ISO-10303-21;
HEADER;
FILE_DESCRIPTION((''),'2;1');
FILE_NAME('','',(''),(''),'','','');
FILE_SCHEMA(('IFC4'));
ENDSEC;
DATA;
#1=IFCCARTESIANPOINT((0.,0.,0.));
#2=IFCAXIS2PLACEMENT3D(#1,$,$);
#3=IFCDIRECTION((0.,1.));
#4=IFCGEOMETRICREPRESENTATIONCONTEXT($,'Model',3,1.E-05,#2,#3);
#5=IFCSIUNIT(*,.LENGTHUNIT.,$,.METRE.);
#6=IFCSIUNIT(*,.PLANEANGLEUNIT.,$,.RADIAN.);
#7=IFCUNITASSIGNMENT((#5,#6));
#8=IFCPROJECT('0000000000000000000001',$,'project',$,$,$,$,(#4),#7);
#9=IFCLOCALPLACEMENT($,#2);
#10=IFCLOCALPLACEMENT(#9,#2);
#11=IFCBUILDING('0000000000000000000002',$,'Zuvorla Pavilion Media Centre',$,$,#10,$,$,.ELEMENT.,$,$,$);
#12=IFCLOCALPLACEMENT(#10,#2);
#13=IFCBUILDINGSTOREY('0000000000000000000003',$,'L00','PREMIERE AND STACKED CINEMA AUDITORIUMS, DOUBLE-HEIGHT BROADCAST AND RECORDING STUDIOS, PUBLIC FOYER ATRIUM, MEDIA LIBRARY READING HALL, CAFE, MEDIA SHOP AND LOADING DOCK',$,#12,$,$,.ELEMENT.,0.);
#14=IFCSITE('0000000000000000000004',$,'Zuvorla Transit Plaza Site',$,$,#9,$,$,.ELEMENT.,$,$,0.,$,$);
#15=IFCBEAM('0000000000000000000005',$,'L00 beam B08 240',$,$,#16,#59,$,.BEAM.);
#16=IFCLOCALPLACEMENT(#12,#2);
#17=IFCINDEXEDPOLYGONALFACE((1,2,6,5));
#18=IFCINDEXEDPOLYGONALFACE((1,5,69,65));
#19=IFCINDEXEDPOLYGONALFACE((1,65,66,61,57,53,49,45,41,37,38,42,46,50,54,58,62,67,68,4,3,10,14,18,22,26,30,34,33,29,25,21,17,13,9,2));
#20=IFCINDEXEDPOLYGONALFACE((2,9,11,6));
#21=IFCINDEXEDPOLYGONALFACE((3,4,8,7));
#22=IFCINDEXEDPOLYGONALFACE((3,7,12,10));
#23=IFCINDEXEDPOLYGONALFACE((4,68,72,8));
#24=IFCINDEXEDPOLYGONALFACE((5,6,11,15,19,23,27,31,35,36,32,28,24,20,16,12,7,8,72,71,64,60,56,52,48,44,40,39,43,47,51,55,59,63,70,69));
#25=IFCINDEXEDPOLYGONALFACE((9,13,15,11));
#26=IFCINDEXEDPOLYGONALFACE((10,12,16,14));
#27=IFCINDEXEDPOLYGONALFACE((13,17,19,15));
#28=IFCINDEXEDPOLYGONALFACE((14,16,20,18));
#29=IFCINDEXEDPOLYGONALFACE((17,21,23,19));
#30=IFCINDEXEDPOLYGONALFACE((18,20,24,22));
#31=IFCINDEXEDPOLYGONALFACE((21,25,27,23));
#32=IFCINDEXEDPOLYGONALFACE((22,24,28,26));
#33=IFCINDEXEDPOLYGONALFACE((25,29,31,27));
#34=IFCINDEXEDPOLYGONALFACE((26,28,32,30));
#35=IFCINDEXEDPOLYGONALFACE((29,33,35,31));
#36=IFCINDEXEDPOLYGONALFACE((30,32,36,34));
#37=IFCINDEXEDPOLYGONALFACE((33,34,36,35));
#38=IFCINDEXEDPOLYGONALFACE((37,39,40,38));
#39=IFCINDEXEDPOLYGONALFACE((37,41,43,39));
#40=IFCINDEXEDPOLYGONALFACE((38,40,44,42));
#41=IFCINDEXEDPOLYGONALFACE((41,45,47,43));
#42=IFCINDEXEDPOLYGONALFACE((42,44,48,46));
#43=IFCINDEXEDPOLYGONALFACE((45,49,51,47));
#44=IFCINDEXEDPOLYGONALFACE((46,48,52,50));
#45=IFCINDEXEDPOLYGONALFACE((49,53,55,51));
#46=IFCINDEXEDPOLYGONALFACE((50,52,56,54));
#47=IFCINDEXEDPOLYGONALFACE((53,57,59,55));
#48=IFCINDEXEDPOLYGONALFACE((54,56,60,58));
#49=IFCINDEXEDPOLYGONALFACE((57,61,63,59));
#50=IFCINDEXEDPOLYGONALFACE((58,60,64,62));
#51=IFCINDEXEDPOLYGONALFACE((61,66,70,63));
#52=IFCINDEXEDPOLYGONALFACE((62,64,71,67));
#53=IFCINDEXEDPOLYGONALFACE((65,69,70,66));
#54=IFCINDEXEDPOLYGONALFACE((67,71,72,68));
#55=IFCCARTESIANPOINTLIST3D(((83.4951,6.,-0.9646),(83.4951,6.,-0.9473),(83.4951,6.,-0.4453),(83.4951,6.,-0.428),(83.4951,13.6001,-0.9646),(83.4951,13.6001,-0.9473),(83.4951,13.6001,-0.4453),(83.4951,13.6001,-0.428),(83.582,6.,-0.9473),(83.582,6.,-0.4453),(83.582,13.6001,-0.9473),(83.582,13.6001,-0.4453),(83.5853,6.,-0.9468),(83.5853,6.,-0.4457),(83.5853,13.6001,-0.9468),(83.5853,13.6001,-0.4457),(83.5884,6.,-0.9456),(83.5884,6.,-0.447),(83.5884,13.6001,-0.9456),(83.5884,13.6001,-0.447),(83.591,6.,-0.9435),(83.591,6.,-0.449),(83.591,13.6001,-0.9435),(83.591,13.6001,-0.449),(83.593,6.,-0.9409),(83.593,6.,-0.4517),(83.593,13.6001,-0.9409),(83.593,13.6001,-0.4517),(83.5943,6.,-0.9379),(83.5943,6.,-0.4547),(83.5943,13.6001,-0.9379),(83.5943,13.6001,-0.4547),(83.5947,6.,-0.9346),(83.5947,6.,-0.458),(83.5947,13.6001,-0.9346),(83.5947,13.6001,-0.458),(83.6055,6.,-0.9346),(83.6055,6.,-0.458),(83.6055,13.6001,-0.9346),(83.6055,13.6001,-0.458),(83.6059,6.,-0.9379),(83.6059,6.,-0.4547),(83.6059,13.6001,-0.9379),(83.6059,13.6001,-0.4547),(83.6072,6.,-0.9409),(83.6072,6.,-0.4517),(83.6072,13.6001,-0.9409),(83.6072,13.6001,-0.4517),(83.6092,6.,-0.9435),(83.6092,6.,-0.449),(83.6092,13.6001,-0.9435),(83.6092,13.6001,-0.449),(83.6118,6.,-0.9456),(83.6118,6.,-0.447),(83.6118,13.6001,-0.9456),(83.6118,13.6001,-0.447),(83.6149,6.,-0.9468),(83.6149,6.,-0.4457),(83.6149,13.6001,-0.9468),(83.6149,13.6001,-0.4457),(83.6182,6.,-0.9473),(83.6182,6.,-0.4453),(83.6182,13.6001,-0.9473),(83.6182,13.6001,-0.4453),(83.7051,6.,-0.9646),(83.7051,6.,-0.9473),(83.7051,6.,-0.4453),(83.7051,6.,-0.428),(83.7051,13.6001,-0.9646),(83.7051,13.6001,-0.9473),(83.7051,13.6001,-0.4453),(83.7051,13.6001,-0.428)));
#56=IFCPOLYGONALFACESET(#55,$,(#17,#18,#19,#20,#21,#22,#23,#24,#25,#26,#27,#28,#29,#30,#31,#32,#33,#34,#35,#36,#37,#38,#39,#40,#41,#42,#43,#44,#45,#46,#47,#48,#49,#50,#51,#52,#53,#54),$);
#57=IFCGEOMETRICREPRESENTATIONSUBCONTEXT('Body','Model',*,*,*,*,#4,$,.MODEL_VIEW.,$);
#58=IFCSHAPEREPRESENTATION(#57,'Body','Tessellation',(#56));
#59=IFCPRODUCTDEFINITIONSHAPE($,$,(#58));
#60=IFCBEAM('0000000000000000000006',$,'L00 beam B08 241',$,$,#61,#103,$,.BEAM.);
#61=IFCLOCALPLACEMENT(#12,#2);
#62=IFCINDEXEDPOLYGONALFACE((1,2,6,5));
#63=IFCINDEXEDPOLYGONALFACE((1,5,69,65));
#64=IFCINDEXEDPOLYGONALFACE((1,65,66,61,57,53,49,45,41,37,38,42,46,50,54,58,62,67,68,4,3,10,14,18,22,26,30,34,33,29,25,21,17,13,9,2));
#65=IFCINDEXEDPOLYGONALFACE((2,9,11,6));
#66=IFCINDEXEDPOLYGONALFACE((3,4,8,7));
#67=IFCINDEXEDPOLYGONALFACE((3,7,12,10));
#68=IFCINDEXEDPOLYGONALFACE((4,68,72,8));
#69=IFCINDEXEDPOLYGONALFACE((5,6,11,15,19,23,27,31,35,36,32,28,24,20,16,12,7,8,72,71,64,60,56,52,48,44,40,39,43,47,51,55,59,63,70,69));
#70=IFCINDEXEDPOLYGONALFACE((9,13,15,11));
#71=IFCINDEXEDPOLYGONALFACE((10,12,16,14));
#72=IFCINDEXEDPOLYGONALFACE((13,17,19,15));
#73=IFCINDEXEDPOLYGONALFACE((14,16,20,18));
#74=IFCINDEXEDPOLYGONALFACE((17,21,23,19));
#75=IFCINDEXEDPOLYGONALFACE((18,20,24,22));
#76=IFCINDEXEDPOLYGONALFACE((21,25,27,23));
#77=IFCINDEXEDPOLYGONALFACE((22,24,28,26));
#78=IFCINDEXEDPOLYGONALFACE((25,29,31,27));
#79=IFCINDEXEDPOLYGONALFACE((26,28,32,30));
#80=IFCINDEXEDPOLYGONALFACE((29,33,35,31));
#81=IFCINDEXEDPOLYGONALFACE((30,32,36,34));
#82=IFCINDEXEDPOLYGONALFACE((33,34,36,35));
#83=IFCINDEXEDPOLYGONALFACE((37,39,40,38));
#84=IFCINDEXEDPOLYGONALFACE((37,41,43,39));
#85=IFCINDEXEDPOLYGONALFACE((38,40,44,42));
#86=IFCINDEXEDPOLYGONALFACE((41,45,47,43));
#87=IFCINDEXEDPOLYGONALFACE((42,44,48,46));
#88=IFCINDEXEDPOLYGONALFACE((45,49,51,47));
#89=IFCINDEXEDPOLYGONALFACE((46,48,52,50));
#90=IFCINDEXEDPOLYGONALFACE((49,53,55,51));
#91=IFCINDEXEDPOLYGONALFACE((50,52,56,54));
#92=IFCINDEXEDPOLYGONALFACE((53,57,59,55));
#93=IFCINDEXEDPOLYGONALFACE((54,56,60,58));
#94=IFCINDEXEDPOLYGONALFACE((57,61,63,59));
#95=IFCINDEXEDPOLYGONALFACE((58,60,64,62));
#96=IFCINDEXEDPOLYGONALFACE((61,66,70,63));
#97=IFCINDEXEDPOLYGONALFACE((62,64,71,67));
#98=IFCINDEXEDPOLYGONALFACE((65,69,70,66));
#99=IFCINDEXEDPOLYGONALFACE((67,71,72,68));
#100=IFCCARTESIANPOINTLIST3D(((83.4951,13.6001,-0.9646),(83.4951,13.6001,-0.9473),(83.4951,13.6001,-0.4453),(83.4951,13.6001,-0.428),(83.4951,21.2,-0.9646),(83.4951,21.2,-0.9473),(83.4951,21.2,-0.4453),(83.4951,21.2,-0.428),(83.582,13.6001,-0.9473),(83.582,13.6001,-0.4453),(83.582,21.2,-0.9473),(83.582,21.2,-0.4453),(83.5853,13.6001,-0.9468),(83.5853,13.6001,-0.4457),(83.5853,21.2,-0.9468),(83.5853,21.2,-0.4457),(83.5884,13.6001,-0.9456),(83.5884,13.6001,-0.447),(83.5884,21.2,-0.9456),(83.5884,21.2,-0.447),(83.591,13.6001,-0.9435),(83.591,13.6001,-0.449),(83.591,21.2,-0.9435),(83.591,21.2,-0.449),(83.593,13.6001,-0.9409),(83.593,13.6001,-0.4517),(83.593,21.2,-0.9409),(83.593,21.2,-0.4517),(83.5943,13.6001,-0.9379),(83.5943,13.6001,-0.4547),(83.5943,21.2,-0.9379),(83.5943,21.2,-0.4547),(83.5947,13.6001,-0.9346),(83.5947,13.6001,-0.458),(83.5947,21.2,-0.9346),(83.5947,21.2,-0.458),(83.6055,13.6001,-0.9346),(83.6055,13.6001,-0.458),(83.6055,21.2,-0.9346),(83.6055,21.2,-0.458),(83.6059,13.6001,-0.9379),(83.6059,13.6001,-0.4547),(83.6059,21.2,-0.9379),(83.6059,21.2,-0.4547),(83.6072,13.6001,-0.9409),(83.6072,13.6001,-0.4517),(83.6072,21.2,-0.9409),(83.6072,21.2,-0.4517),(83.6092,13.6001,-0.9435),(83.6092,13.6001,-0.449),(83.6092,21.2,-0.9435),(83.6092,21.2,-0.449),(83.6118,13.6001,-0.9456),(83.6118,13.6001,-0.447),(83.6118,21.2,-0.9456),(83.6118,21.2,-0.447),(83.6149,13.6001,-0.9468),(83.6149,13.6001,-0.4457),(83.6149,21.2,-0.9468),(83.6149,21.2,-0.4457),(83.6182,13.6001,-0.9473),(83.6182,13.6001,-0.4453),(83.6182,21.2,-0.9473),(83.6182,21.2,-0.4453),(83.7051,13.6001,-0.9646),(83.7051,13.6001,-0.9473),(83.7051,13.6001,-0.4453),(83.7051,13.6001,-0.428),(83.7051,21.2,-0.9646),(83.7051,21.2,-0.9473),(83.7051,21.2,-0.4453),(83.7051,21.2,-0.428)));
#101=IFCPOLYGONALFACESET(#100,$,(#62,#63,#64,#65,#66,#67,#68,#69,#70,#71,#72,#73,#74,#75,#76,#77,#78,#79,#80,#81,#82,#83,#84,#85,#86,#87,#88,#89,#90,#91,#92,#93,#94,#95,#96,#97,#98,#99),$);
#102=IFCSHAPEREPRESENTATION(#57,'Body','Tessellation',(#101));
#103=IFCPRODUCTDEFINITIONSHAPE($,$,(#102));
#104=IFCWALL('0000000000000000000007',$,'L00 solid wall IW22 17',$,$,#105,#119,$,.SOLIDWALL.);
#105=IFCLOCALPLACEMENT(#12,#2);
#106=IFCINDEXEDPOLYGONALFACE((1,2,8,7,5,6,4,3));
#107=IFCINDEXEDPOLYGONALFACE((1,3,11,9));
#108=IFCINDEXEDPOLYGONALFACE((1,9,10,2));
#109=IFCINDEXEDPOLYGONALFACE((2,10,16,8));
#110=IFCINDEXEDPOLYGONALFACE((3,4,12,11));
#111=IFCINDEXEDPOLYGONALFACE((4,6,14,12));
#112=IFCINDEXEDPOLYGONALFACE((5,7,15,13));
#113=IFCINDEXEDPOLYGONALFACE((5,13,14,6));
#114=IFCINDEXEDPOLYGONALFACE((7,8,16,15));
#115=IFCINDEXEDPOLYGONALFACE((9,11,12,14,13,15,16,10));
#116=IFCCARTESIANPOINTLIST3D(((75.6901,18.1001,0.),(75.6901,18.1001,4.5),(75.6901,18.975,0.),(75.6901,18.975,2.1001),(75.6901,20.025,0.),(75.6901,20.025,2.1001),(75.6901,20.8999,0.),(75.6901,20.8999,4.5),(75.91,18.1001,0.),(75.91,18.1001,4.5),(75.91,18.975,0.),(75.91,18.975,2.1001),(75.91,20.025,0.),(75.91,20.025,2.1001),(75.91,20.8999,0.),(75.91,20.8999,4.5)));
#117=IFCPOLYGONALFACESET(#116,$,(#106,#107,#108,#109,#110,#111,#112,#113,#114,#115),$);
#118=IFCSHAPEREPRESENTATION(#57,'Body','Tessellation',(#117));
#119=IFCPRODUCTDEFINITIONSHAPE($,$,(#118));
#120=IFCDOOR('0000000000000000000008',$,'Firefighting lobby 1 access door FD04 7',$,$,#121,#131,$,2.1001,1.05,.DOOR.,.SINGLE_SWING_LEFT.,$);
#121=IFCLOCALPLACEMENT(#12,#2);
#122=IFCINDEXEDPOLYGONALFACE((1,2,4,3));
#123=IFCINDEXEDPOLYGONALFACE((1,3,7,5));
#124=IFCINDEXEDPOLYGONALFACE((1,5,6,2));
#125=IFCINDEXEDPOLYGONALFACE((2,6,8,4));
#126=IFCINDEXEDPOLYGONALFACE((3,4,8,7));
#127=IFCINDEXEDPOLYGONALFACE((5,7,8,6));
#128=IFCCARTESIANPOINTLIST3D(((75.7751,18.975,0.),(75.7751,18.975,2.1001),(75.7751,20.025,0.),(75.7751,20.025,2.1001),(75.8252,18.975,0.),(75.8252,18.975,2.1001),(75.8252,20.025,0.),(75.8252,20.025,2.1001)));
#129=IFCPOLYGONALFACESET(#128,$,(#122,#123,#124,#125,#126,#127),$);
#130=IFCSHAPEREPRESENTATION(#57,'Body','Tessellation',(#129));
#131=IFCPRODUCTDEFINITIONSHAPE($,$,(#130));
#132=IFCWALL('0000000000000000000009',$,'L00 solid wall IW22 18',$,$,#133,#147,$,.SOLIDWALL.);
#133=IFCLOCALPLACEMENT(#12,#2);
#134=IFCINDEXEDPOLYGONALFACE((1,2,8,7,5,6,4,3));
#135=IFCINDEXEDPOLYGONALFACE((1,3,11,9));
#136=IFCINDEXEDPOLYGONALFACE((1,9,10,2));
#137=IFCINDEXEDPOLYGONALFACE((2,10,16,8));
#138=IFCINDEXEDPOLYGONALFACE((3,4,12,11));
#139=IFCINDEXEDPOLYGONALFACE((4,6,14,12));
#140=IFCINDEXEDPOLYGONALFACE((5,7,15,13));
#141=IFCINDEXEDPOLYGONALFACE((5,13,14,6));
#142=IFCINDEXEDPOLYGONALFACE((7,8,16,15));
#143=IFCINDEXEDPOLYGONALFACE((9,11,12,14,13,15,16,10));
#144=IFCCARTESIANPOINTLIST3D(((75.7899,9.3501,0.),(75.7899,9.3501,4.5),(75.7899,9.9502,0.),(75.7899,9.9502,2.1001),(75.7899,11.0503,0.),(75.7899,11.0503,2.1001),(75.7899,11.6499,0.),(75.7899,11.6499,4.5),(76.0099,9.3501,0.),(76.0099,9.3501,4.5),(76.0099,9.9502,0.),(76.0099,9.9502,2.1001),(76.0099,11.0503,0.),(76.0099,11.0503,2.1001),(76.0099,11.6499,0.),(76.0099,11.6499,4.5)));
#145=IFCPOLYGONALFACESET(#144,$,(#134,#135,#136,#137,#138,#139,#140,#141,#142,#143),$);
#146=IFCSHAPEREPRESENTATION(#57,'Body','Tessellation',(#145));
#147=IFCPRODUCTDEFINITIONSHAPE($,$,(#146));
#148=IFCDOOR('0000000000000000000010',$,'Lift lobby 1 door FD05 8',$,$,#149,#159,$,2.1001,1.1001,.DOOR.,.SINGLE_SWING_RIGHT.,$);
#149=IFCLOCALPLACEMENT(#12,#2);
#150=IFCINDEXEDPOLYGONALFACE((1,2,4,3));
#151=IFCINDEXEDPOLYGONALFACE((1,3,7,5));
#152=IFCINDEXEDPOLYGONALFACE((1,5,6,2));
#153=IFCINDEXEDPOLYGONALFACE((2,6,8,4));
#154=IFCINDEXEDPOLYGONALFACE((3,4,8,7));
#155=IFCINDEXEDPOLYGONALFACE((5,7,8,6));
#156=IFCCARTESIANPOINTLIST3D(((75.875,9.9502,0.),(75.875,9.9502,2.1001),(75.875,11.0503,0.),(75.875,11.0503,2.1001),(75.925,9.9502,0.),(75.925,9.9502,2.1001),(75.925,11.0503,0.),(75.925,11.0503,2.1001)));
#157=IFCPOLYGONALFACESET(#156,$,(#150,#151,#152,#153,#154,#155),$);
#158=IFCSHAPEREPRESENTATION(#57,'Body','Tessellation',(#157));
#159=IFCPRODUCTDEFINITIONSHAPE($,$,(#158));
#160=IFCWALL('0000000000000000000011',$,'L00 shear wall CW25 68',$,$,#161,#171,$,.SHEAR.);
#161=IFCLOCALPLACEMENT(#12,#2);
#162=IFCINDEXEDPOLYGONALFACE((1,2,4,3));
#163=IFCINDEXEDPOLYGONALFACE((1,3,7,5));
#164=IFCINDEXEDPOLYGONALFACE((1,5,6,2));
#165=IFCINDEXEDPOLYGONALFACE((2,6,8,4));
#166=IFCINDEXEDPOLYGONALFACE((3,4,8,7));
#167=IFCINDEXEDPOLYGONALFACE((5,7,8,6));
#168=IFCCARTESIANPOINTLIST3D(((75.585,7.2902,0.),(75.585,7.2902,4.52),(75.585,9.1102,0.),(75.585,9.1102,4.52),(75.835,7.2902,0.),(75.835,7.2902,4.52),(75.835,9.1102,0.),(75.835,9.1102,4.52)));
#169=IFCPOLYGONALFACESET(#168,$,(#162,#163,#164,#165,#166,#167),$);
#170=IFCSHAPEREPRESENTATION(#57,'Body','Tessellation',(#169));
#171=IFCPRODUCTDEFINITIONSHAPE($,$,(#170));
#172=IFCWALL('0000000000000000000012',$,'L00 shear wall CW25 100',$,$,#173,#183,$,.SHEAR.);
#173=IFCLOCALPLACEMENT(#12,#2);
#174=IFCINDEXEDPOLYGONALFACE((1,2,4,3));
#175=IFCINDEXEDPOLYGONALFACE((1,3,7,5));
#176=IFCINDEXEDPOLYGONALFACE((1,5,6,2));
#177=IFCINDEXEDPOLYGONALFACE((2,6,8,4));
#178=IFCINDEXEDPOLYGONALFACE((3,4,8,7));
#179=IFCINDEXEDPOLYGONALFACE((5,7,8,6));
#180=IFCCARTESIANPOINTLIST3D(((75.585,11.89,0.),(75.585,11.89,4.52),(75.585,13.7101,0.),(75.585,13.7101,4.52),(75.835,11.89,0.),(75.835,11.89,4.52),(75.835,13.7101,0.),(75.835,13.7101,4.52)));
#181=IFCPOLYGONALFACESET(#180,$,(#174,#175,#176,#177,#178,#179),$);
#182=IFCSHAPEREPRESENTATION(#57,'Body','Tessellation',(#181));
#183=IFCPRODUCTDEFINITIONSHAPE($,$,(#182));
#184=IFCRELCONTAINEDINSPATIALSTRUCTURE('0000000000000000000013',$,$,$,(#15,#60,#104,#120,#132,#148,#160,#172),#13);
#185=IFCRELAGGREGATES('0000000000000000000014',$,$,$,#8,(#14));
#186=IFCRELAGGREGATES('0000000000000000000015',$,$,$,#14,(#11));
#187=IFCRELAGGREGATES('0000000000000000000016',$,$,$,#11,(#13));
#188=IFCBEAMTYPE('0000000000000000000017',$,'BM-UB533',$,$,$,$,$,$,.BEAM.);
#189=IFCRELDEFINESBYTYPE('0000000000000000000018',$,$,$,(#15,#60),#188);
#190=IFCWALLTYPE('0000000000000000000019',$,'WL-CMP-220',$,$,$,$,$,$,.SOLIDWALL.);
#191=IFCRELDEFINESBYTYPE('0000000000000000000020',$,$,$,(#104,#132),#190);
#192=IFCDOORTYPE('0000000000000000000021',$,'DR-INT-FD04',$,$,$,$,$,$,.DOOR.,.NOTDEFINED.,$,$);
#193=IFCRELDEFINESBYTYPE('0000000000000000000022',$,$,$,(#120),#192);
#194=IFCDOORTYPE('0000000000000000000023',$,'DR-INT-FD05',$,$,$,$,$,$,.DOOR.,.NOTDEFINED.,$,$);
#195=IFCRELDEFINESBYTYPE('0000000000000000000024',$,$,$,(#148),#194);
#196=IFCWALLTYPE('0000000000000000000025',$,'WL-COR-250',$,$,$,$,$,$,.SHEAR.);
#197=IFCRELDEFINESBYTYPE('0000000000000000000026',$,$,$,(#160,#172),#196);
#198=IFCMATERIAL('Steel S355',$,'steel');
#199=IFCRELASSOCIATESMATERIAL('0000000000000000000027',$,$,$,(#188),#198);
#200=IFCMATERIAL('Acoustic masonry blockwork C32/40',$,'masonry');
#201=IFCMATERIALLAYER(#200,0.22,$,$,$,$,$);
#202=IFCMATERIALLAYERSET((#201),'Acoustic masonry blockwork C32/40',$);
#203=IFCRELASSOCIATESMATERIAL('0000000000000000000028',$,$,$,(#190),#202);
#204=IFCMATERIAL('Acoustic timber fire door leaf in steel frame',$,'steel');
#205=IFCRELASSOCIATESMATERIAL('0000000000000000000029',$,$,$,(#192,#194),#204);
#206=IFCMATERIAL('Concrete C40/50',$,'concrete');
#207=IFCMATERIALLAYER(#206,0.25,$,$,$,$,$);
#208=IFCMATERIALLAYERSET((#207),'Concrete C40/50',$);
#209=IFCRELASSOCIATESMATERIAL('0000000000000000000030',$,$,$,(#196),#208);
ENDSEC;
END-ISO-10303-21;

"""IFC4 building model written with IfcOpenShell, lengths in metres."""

from ifc_helpers import new_model, si_unit, direction, frame, frame_2d, origin, origin_2d, place, context, subcontext, project, spatial, rectangle, i_section, extrude, material, layer, layer_set, material_profile, profile_set, type_object, element, fill, save


model = new_model("IFC4")

# Units and contexts
model_context = context("Model", 3, precision=1e-05, world=origin(), true_north=direction((0.0, 1.0)))
body_context = subcontext(model_context, "Body", "Model", "MODEL_VIEW")
ifc_project = project(units=[si_unit("LENGTHUNIT", "METRE"), si_unit("PLANEANGLEUNIT", "RADIAN")], contexts=[model_context])

# Site, building, storey
site_placement = place(None, origin())
site = spatial("IfcSite", under=ifc_project, at=site_placement, Name="Zuvorla Transit Plaza Site", CompositionType="ELEMENT", RefElevation=0.0)
building_placement = place(site_placement, origin())
building = spatial("IfcBuilding", under=site, at=building_placement, Name="Zuvorla Pavilion Media Centre", CompositionType="ELEMENT")
storey_placement = place(building_placement, origin())
storey = spatial("IfcBuildingStorey", under=building, at=storey_placement, Name="L00", Description="PREMIERE AND STACKED CINEMA AUDITORIUMS, DOUBLE-HEIGHT BROADCAST AND RECORDING STUDIOS, PUBLIC FOYER ATRIUM, MEDIA LIBRARY READING HALL, CAFE, MEDIA SHOP AND LOADING DOCK", CompositionType="ELEMENT", Elevation=0.0)

# Shared definitions
ifc_material_1 = material(Name="Concrete C40/50", Category="concrete")

# Beams
ifc_material_2 = material(Name="Steel S355", Category="steel")
ifc_material_profile_1 = material_profile(ifc_material_2, i_section(OverallWidth=0.21, OverallDepth=0.5366, WebThickness=0.0107, FlangeThickness=0.0173, FilletRadius=0.0127, at=origin_2d()), Name="UB 533x210x101")
ifc_profile_set_1 = profile_set([ifc_material_profile_1], Name="Steel S355")
beam_type_1 = type_object("IfcBeamType", Name="BM-UB533", PredefinedType="BEAM", material=ifc_profile_set_1)
beam_1_placement = place(storey_placement, frame((83.6001, 6.0, -0.6963), z_axis=(0.0, 1.0, 0.0), x_axis=(-1.0, 0.0, 0.0)))
element("IfcBeam", 1, at=beam_1_placement, inside=storey, type_object=beam_type_1, Name="L00 beam B08 240", PredefinedType="BEAM", context=body_context, shape_type="SweptSolid", body=[
    extrude(i_section(OverallWidth=0.21, OverallDepth=0.5366, WebThickness=0.0107, FlangeThickness=0.0173, FilletRadius=0.0127, at=origin_2d()), origin(), (0.0, 0.0, 1.0), 7.6001),
])
beam_2_placement = place(storey_placement, frame((83.6001, 13.6001, -0.6963), z_axis=(0.0, 1.0, 0.0), x_axis=(-1.0, 0.0, 0.0)))
element("IfcBeam", 2, at=beam_2_placement, inside=storey, type_object=beam_type_1, Name="L00 beam B08 241", PredefinedType="BEAM", context=body_context, shape_type="SweptSolid", body=[
    extrude(i_section(OverallWidth=0.21, OverallDepth=0.5366, WebThickness=0.0107, FlangeThickness=0.0173, FilletRadius=0.0127, at=origin_2d()), origin(), (0.0, 0.0, 1.0), 7.5999),
])

# Walls, openings, doors
ifc_material_3 = material(Name="Acoustic masonry blockwork C32/40", Category="masonry")
ifc_layer_1 = layer(ifc_material_3, 0.22)
ifc_layer_set_1 = layer_set([ifc_layer_1], Name="Acoustic masonry blockwork C32/40")
wall_type_1 = type_object("IfcWallType", Name="WL-CMP-220", PredefinedType="SOLIDWALL", material=ifc_layer_set_1)
wall_1_placement = place(storey_placement, frame((75.8, 18.1001, 0.0), z_axis=(0.0, 0.0, 1.0), x_axis=(0.0, 1.0, 0.0)))
wall_1 = element("IfcWall", 3, at=wall_1_placement, inside=storey, type_object=wall_type_1, Name="L00 solid wall IW22 17", PredefinedType="SOLIDWALL", context=body_context, shape_type="SweptSolid", body=[
    extrude(rectangle(XDim=2.7998, YDim=0.22, at=frame_2d((1.3999, 0.0))), origin(), (0.0, 0.0, 1.0), 4.5),
])
opening_1_placement = place(wall_1_placement, frame((0.875, 0.0, 0.0)))
opening_1 = element("IfcOpeningElement", 4, at=opening_1_placement, cuts=wall_1, PredefinedType="OPENING", context=body_context, shape_type="SweptSolid", body=[
    extrude(rectangle(XDim=1.05, YDim=2.1001, at=frame_2d((0.5249, 1.05))), frame((0.0, 0.1199, 0.0), z_axis=(0.0, -1.0, 0.0), x_axis=(1.0, 0.0, 0.0)), (0.0, 0.0, 1.0), 0.24),
])
ifc_material_4 = material(Name="Acoustic timber fire door leaf in steel frame", Category="steel")
door_type_1 = type_object("IfcDoorType", Name="DR-INT-FD04", OperationType="NOTDEFINED", PredefinedType="DOOR", material=ifc_material_4)
door_1_placement = place(opening_1_placement, origin())
door_1 = element("IfcDoor", 5, at=door_1_placement, inside=storey, type_object=door_type_1, Name="Firefighting lobby 1 access door FD04 7", OperationType="SINGLE_SWING_LEFT", OverallHeight=2.1001, OverallWidth=1.05, PredefinedType="DOOR", context=body_context, shape_type="SweptSolid", body=[
    extrude(rectangle(XDim=1.05, YDim=2.1001, at=frame_2d((0.5249, 1.05))), frame((0.0, 0.0249, 0.0), z_axis=(0.0, -1.0, 0.0), x_axis=(1.0, 0.0, 0.0)), (0.0, 0.0, 1.0), 0.05),
])
fill(opening_1, door_1)
wall_2_placement = place(storey_placement, frame((75.8999, 9.3501, 0.0), z_axis=(0.0, 0.0, 1.0), x_axis=(0.0, 1.0, 0.0)))
wall_2 = element("IfcWall", 6, at=wall_2_placement, inside=storey, type_object=wall_type_1, Name="L00 solid wall IW22 18", PredefinedType="SOLIDWALL", context=body_context, shape_type="SweptSolid", body=[
    extrude(rectangle(XDim=2.2998, YDim=0.22, at=frame_2d((1.1499, 0.0))), origin(), (0.0, 0.0, 1.0), 4.5),
])
opening_2_placement = place(wall_2_placement, frame((0.6001, 0.0, 0.0)))
opening_2 = element("IfcOpeningElement", 7, at=opening_2_placement, cuts=wall_2, PredefinedType="OPENING", context=body_context, shape_type="SweptSolid", body=[
    extrude(rectangle(XDim=1.1001, YDim=2.1001, at=frame_2d((0.55, 1.05))), frame((0.0, 0.1199, 0.0), z_axis=(0.0, -1.0, 0.0), x_axis=(1.0, 0.0, 0.0)), (0.0, 0.0, 1.0), 0.24),
])
door_type_2 = type_object("IfcDoorType", Name="DR-INT-FD05", OperationType="NOTDEFINED", PredefinedType="DOOR", material=ifc_material_4)
door_2_placement = place(opening_2_placement, origin())
door_2 = element("IfcDoor", 8, at=door_2_placement, inside=storey, type_object=door_type_2, Name="Lift lobby 1 door FD05 8", OperationType="SINGLE_SWING_RIGHT", OverallHeight=2.1001, OverallWidth=1.1001, PredefinedType="DOOR", context=body_context, shape_type="SweptSolid", body=[
    extrude(rectangle(XDim=1.1001, YDim=2.1001, at=frame_2d((0.55, 1.05))), frame((0.0, 0.0249, 0.0), z_axis=(0.0, -1.0, 0.0), x_axis=(1.0, 0.0, 0.0)), (0.0, 0.0, 1.0), 0.05),
])
fill(opening_2, door_2)

# Walls
ifc_layer_2 = layer(ifc_material_1, 0.25)
ifc_layer_set_2 = layer_set([ifc_layer_2], Name="Concrete C40/50")
wall_type_2 = type_object("IfcWallType", Name="WL-COR-250", PredefinedType="SHEAR", material=ifc_layer_set_2)
for number, where, z_axis, x_axis, name in (
    (9, (75.71, 7.29, 0.0), (0.0, 0.0, 1.0), (0.0, 1.0, 0.0), "L00 shear wall CW25 68"),
    (10, (75.71, 11.8899, 0.0), (0.0, 0.0, 1.0), (0.0, 1.0, 0.0), "L00 shear wall CW25 100"),
):
    element("IfcWall", number, at=place(storey_placement, frame(where, z_axis=z_axis, x_axis=x_axis)), inside=storey, type_object=wall_type_2, Name=name, PredefinedType="SHEAR", context=body_context, shape_type="SweptSolid", body=[
        extrude(rectangle(XDim=1.8201, YDim=0.25, at=frame_2d((0.9102, 0.0))), origin(), (0.0, 0.0, 1.0), 4.52),
    ])

save(model, "model.ifc")
